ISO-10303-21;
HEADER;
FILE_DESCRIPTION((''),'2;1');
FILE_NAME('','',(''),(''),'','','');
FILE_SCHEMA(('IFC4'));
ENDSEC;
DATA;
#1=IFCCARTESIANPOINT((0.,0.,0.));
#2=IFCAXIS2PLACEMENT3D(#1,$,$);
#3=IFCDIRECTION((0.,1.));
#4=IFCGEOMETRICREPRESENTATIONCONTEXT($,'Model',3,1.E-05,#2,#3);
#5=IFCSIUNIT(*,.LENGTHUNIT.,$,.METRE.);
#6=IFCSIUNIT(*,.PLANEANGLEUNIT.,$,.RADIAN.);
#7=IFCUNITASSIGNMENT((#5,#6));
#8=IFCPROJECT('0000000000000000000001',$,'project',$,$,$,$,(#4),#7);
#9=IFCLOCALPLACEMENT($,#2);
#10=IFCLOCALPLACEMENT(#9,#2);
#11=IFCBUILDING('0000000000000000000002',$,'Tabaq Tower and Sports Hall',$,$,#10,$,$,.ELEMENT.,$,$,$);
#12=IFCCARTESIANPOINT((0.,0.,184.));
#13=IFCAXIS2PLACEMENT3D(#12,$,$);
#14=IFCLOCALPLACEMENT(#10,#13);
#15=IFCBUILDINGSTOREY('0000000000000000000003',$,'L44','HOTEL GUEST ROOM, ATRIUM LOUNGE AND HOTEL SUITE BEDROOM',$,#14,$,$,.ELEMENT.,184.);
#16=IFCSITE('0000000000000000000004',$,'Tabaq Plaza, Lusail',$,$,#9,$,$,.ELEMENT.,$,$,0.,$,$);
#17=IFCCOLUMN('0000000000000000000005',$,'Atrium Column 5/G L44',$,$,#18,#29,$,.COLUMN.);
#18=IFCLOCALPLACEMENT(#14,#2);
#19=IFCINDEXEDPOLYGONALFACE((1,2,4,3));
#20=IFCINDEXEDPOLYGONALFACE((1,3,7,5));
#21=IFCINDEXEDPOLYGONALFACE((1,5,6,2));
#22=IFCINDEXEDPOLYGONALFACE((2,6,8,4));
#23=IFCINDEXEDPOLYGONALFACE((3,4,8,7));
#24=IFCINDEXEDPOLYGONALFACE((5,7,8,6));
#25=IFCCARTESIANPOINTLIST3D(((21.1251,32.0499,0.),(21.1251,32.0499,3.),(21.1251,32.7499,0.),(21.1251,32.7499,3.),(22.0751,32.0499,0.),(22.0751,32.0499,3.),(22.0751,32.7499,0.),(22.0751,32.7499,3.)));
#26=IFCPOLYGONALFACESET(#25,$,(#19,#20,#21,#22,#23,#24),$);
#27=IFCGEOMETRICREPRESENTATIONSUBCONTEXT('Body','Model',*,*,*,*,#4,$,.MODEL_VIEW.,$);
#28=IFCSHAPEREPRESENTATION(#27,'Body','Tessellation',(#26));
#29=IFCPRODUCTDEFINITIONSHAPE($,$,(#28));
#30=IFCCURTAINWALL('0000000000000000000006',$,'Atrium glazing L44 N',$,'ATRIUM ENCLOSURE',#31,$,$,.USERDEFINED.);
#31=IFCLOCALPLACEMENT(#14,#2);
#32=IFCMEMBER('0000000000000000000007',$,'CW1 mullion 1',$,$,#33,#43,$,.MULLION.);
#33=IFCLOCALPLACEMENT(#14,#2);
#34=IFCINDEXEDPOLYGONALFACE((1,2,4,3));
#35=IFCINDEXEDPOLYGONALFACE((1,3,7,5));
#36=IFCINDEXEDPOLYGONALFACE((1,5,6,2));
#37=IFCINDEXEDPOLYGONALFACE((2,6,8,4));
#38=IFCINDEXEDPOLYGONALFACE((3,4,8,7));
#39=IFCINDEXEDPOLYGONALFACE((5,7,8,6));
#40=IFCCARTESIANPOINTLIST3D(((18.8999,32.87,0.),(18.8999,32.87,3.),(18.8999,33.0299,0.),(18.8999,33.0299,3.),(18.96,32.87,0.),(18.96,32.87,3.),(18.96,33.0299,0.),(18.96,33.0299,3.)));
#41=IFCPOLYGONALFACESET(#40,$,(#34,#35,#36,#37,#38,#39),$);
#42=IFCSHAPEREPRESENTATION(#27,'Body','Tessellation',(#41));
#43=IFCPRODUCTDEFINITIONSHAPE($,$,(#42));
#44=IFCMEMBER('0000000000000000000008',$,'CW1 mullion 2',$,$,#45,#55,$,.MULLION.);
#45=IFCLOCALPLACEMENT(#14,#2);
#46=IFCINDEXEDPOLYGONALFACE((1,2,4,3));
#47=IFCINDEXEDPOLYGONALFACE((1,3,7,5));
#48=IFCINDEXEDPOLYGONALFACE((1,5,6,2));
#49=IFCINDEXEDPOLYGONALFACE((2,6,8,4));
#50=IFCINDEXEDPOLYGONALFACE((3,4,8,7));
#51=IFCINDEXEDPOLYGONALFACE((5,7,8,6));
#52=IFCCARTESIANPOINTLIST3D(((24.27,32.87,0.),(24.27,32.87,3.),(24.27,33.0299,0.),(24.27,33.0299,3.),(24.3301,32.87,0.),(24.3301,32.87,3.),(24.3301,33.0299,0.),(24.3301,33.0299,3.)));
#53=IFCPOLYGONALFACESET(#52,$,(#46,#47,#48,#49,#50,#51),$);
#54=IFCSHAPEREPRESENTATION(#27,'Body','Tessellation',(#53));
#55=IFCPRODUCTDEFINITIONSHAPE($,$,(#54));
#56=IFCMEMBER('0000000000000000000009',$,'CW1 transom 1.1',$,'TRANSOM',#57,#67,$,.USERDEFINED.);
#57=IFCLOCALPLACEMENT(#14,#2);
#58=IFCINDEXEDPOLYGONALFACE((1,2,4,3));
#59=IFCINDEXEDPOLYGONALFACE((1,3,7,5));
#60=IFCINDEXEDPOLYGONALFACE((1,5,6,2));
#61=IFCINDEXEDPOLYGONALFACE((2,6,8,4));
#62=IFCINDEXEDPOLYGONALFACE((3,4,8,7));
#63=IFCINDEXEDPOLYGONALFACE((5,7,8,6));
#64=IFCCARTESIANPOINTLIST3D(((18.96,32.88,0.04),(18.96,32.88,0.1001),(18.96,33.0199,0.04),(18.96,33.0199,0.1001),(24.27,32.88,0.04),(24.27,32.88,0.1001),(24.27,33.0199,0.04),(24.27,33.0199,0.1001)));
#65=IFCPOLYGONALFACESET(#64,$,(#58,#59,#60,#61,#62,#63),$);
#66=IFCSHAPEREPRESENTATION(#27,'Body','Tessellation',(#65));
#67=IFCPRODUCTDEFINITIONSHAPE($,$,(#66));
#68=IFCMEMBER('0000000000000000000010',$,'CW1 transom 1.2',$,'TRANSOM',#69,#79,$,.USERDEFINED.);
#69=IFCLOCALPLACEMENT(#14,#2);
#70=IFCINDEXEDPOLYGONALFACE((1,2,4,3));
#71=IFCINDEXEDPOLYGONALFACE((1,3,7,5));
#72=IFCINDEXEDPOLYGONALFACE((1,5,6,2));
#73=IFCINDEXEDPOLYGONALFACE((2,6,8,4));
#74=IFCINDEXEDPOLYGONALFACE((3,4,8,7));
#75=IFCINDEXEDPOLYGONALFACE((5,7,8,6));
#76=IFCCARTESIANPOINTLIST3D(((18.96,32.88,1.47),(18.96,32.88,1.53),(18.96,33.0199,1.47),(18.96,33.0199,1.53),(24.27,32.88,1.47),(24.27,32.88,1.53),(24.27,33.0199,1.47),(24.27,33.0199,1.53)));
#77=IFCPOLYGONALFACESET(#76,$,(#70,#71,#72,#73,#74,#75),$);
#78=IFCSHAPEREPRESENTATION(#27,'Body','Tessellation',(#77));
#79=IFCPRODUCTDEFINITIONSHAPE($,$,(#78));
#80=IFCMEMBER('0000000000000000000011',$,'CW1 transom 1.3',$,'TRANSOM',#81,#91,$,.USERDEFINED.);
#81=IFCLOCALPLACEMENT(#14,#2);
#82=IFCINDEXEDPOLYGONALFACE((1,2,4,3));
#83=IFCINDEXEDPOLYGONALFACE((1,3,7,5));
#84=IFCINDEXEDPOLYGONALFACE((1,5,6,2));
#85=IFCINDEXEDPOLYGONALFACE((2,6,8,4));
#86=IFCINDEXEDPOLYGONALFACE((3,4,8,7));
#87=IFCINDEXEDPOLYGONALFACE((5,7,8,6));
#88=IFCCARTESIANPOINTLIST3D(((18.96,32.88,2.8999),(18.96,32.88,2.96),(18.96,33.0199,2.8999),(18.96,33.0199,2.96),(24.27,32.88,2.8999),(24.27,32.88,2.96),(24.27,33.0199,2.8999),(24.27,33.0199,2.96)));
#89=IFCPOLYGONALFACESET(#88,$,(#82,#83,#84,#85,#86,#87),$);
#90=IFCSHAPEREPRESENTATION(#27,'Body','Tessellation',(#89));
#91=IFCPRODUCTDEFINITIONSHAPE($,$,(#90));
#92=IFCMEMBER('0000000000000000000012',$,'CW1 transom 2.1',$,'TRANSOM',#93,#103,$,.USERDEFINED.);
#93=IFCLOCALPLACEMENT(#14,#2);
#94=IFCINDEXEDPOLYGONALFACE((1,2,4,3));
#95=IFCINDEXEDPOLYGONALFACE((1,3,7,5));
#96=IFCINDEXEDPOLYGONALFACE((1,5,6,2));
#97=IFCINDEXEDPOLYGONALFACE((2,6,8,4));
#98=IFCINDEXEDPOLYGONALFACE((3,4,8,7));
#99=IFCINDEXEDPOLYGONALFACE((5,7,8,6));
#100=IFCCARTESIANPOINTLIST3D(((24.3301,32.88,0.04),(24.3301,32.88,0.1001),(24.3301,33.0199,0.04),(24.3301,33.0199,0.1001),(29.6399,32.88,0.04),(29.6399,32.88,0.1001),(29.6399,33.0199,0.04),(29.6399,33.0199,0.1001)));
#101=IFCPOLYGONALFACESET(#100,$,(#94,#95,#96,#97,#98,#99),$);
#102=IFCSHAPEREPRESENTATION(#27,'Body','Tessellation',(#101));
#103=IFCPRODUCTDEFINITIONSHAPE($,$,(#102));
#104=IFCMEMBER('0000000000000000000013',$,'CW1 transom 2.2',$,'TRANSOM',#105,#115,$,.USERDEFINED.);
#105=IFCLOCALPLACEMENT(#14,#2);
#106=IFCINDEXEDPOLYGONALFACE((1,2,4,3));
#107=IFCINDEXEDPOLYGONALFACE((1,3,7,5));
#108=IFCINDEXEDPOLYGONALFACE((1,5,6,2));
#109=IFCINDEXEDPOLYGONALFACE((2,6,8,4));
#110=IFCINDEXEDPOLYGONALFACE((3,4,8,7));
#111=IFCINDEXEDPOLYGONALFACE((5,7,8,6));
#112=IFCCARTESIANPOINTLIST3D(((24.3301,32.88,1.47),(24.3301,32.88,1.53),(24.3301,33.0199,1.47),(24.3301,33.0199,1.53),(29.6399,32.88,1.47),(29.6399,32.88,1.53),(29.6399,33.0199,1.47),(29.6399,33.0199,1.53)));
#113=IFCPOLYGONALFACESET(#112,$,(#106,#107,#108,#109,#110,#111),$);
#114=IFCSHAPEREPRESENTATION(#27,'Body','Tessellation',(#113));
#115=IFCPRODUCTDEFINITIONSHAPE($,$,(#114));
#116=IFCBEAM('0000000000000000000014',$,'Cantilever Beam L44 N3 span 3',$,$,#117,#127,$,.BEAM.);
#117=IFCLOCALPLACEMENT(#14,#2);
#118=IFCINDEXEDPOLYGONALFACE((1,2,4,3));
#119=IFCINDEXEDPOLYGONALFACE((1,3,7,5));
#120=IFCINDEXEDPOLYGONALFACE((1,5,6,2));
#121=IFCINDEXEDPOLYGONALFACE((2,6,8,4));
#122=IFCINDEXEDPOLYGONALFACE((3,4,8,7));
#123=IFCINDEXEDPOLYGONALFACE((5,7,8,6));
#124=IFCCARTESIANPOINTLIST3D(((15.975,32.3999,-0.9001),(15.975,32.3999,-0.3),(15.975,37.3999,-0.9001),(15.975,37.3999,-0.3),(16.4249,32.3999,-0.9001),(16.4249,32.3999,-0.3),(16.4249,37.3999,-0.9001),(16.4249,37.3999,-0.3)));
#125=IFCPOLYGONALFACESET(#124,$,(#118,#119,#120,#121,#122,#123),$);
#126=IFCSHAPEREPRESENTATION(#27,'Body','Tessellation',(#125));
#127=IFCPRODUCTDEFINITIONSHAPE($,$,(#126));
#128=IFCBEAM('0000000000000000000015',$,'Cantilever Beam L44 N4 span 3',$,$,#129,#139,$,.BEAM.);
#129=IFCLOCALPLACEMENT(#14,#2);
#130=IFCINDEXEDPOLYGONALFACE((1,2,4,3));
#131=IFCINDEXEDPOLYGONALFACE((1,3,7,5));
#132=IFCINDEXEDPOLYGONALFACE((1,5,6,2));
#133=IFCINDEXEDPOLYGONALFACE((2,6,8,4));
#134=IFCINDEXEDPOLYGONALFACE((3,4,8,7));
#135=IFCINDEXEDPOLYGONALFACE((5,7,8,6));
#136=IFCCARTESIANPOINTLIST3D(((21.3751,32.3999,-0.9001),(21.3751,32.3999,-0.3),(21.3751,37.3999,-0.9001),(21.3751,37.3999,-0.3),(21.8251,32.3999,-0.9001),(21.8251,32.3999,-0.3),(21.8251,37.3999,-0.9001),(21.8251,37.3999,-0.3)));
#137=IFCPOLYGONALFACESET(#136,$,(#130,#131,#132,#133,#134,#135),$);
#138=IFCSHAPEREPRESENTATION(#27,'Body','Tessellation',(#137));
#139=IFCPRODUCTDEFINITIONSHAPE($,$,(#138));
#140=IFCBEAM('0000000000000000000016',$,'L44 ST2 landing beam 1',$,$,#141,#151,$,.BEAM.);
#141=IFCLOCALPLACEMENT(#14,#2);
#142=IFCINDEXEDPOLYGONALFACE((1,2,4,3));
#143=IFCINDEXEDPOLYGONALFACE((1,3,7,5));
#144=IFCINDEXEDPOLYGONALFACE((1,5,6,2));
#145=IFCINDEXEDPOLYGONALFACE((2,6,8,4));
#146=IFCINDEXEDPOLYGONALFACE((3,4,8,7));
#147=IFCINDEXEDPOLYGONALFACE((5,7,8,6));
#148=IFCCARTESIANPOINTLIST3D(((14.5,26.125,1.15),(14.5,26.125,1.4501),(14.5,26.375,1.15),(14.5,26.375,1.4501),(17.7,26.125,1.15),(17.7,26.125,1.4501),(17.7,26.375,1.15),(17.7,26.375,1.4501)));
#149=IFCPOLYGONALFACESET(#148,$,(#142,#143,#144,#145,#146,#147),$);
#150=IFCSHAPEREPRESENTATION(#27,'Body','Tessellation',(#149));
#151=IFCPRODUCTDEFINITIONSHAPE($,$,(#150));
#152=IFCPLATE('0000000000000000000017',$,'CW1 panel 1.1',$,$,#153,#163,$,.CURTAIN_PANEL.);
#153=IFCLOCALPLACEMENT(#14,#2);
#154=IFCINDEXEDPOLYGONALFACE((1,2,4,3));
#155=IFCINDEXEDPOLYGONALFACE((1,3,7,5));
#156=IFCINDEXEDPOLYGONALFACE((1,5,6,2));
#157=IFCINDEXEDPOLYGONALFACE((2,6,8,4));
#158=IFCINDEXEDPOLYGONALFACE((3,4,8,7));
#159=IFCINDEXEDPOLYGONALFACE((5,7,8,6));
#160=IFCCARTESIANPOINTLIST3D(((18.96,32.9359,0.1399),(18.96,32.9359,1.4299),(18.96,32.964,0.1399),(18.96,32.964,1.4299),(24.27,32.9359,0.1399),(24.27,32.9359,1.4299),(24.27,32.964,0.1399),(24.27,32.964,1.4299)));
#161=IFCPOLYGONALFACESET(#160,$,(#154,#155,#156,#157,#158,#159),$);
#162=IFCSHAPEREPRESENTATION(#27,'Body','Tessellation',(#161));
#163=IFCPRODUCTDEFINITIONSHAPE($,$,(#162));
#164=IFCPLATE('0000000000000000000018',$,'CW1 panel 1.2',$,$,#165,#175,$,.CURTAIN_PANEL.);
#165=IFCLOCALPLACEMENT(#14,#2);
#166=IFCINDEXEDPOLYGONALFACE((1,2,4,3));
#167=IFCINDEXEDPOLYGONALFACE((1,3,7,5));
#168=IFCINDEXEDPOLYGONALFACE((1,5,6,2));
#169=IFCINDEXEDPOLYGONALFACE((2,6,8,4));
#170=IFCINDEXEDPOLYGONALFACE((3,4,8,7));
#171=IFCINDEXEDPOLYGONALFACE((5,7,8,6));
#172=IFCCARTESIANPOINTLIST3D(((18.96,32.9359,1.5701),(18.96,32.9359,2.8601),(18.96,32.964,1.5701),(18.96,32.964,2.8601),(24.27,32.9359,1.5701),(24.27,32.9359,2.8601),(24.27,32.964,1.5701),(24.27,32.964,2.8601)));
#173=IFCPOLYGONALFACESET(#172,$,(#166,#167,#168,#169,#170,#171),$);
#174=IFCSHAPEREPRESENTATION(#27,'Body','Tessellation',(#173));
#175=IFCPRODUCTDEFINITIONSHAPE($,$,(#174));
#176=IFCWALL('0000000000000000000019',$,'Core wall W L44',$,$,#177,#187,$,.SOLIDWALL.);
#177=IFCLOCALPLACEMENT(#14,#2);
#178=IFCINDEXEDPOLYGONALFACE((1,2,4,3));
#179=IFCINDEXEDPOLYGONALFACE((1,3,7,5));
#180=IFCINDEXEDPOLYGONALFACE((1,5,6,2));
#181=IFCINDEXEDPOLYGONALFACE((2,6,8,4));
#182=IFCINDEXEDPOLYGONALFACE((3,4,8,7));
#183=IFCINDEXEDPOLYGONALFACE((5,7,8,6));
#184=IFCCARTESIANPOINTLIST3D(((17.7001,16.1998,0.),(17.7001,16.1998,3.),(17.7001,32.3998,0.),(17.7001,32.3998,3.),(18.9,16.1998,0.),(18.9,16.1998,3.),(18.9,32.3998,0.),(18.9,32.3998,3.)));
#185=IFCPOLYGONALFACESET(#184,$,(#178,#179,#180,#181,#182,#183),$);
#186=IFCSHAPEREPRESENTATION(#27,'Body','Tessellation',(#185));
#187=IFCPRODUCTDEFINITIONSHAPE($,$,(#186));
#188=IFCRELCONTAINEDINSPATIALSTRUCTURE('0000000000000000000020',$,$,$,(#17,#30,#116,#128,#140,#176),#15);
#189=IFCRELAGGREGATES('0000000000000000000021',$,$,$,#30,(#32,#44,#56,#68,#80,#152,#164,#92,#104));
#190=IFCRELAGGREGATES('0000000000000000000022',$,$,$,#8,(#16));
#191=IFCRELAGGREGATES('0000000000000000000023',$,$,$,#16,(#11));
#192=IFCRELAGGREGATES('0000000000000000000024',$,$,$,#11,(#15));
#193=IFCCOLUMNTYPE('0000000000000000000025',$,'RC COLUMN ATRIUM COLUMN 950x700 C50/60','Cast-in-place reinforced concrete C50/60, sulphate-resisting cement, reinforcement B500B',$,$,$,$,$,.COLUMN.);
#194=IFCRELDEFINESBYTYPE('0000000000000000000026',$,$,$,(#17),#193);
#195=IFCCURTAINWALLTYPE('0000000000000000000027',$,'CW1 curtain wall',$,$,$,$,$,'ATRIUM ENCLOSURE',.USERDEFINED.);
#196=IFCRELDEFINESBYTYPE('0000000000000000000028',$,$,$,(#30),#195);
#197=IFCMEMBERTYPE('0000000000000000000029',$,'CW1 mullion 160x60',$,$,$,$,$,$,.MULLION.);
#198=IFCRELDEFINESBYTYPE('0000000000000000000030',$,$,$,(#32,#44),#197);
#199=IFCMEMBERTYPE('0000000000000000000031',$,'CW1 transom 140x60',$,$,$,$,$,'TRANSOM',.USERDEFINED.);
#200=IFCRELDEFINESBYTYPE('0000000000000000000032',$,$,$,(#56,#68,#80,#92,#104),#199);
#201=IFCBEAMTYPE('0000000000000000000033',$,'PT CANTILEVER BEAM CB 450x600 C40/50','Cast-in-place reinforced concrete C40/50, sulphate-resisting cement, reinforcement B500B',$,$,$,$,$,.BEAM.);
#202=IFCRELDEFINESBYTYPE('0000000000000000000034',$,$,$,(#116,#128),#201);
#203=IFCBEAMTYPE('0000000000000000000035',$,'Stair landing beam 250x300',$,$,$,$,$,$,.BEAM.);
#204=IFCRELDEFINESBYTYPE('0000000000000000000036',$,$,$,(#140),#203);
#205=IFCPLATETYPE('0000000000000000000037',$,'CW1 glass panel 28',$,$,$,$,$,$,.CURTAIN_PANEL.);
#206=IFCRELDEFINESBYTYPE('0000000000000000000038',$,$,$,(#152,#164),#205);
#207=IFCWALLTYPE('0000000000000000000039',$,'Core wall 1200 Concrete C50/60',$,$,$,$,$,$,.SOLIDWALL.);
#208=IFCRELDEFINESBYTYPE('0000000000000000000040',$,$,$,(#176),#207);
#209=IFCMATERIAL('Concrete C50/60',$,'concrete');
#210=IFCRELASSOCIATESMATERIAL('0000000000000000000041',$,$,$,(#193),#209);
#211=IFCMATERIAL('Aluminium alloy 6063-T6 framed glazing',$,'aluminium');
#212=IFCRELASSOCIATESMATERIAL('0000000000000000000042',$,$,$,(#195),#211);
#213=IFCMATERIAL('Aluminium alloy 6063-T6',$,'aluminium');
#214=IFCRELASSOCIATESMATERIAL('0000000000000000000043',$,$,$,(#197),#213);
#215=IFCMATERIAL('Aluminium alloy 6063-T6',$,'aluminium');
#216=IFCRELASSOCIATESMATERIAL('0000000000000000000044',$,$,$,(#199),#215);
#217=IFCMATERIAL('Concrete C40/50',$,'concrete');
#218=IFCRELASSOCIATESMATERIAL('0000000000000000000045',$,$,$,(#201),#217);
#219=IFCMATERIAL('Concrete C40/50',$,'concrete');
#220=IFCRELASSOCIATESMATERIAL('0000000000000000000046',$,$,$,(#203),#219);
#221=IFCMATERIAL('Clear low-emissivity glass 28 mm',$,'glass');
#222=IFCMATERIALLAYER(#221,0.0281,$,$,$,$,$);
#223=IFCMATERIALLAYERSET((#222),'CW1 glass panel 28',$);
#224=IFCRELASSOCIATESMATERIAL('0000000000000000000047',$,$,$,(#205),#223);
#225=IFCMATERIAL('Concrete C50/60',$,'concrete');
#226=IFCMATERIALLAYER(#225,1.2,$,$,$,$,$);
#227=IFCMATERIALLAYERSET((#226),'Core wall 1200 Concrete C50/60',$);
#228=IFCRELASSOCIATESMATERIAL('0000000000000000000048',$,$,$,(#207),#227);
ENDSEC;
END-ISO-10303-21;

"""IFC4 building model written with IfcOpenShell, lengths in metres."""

from ifc_helpers import new_model, si_unit, direction, frame, frame_2d, origin, origin_2d, place, context, subcontext, project, spatial, rectangle, extrude, material, layer, layer_set, material_profile, profile_set, type_object, element, aggregate, save


model = new_model("IFC4")

# Units and contexts
model_context = context("Model", 3, precision=1e-05, world=origin(), true_north=direction((0.0, 1.0)))
body_context = subcontext(model_context, "Body", "Model", "MODEL_VIEW")
ifc_project = project(units=[si_unit("LENGTHUNIT", "METRE"), si_unit("PLANEANGLEUNIT", "RADIAN")], contexts=[model_context])

# Site, building, storey
site_placement = place(None, origin())
site = spatial("IfcSite", under=ifc_project, at=site_placement, Name="Tabaq Plaza, Lusail", CompositionType="ELEMENT", RefElevation=0.0)
building_placement = place(site_placement, origin())
building = spatial("IfcBuilding", under=site, at=building_placement, Name="Tabaq Tower and Sports Hall", CompositionType="ELEMENT")
storey_placement = place(building_placement, frame((0.0, 0.0, 184.0)))
storey = spatial("IfcBuildingStorey", under=building, at=storey_placement, Name="L44", Description="HOTEL GUEST ROOM, ATRIUM LOUNGE AND HOTEL SUITE BEDROOM", CompositionType="ELEMENT", Elevation=184.0)

# Column
ifc_material_1 = material(Name="Concrete C50/60", Category="concrete")
ifc_material_profile_1 = material_profile(ifc_material_1, rectangle(XDim=0.95, YDim=0.7, at=origin_2d()), Name="ATRIUM COLUMN 950x700")
ifc_profile_set_1 = profile_set([ifc_material_profile_1], Name="Concrete C50/60")
column_type = type_object("IfcColumnType", Name="RC COLUMN ATRIUM COLUMN 950x700 C50/60", Description="Cast-in-place reinforced concrete C50/60, sulphate-resisting cement, reinforcement B500B", PredefinedType="COLUMN", material=ifc_profile_set_1)
column_placement = place(storey_placement, frame((21.6001, 32.3999, 0.0), z_axis=(0.0, 0.0, 1.0), x_axis=(1.0, 0.0, 0.0)))
element("IfcColumn", 1, at=column_placement, inside=storey, type_object=column_type, Name="Atrium Column 5/G L44", PredefinedType="COLUMN", context=body_context, shape_type="SweptSolid", body=[
    extrude(rectangle(XDim=0.95, YDim=0.7, at=origin_2d()), origin(), (0.0, 0.0, 1.0), 3.0),
])

# Curtain wall, members
ifc_material_2 = material(Name="Aluminium alloy 6063-T6 framed glazing", Category="aluminium")
curtain_wall_type = type_object("IfcCurtainWallType", Name="CW1 curtain wall", ElementType="ATRIUM ENCLOSURE", PredefinedType="USERDEFINED", material=ifc_material_2)
curtain_wall_placement = place(storey_placement, origin())
curtain_wall = element("IfcCurtainWall", 2, at=curtain_wall_placement, inside=storey, type_object=curtain_wall_type, Name="Atrium glazing L44 N", ObjectType="ATRIUM ENCLOSURE", PredefinedType="USERDEFINED")
ifc_material_3 = material(Name="Aluminium alloy 6063-T6", Category="aluminium")
ifc_material_profile_2 = material_profile(ifc_material_3, rectangle(XDim=0.1599, YDim=0.0601, at=origin_2d()), Name="MULLION 160x60")
ifc_profile_set_2 = profile_set([ifc_material_profile_2], Name="Aluminium alloy 6063-T6")
member_type_1 = type_object("IfcMemberType", Name="CW1 mullion 160x60", PredefinedType="MULLION", material=ifc_profile_set_2)
member_1_placement = place(storey_placement, frame((18.9299, 32.95, 0.0), z_axis=(0.0, 0.0, 1.0), x_axis=(0.0, 1.0, 0.0)))
member_1 = element("IfcMember", 3, at=member_1_placement, type_object=member_type_1, Name="CW1 mullion 1", PredefinedType="MULLION", context=body_context, shape_type="SweptSolid", body=[
    extrude(rectangle(XDim=0.1599, YDim=0.0601, at=origin_2d()), origin(), (0.0, 0.0, 1.0), 3.0),
])
member_2_placement = place(storey_placement, frame((24.3, 32.95, 0.0), z_axis=(0.0, 0.0, 1.0), x_axis=(0.0, 1.0, 0.0)))
member_2 = element("IfcMember", 4, at=member_2_placement, type_object=member_type_1, Name="CW1 mullion 2", PredefinedType="MULLION", context=body_context, shape_type="SweptSolid", body=[
    extrude(rectangle(XDim=0.1599, YDim=0.0601, at=origin_2d()), origin(), (0.0, 0.0, 1.0), 3.0),
])
ifc_material_4 = material(Name="Aluminium alloy 6063-T6", Category="aluminium")
ifc_material_profile_3 = material_profile(ifc_material_4, rectangle(XDim=0.1399, YDim=0.0601, at=origin_2d()), Name="TRANSOM 140x60")
ifc_profile_set_3 = profile_set([ifc_material_profile_3], Name="Aluminium alloy 6063-T6")
member_type_2 = type_object("IfcMemberType", Name="CW1 transom 140x60", ElementType="TRANSOM", PredefinedType="USERDEFINED", material=ifc_profile_set_3)
member_3_placement = place(storey_placement, frame((18.96, 32.95, 0.0701), z_axis=(1.0, 0.0, 0.0), x_axis=(0.0, 1.0, 0.0)))
member_3 = element("IfcMember", 5, at=member_3_placement, type_object=member_type_2, Name="CW1 transom 1.1", ObjectType="TRANSOM", PredefinedType="USERDEFINED", context=body_context, shape_type="SweptSolid", body=[
    extrude(rectangle(XDim=0.1399, YDim=0.0601, at=origin_2d()), origin(), (0.0, 0.0, 1.0), 5.3101),
])
member_4_placement = place(storey_placement, frame((18.96, 32.95, 1.5), z_axis=(1.0, 0.0, 0.0), x_axis=(0.0, 1.0, 0.0)))
member_4 = element("IfcMember", 6, at=member_4_placement, type_object=member_type_2, Name="CW1 transom 1.2", ObjectType="TRANSOM", PredefinedType="USERDEFINED", context=body_context, shape_type="SweptSolid", body=[
    extrude(rectangle(XDim=0.1399, YDim=0.0601, at=origin_2d()), origin(), (0.0, 0.0, 1.0), 5.3101),
])
member_5_placement = place(storey_placement, frame((18.96, 32.95, 2.9299), z_axis=(1.0, 0.0, 0.0), x_axis=(0.0, 1.0, 0.0)))
member_5 = element("IfcMember", 7, at=member_5_placement, type_object=member_type_2, Name="CW1 transom 1.3", ObjectType="TRANSOM", PredefinedType="USERDEFINED", context=body_context, shape_type="SweptSolid", body=[
    extrude(rectangle(XDim=0.1399, YDim=0.0601, at=origin_2d()), origin(), (0.0, 0.0, 1.0), 5.3101),
])
member_6_placement = place(storey_placement, frame((24.3301, 32.95, 0.0701), z_axis=(1.0, 0.0, 0.0), x_axis=(0.0, 1.0, 0.0)))
member_6 = element("IfcMember", 8, at=member_6_placement, type_object=member_type_2, Name="CW1 transom 2.1", ObjectType="TRANSOM", PredefinedType="USERDEFINED", context=body_context, shape_type="SweptSolid", body=[
    extrude(rectangle(XDim=0.1399, YDim=0.0601, at=origin_2d()), origin(), (0.0, 0.0, 1.0), 5.3098),
])
member_7_placement = place(storey_placement, frame((24.3301, 32.95, 1.5), z_axis=(1.0, 0.0, 0.0), x_axis=(0.0, 1.0, 0.0)))
member_7 = element("IfcMember", 9, at=member_7_placement, type_object=member_type_2, Name="CW1 transom 2.2", ObjectType="TRANSOM", PredefinedType="USERDEFINED", context=body_context, shape_type="SweptSolid", body=[
    extrude(rectangle(XDim=0.1399, YDim=0.0601, at=origin_2d()), origin(), (0.0, 0.0, 1.0), 5.3098),
])

# Beams
ifc_material_5 = material(Name="Concrete C40/50", Category="concrete")
ifc_material_profile_4 = material_profile(ifc_material_5, rectangle(XDim=0.45, YDim=0.6001, at=origin_2d()), Name="CB 450x600")
ifc_profile_set_4 = profile_set([ifc_material_profile_4], Name="Concrete C40/50")
beam_type_1 = type_object("IfcBeamType", Name="PT CANTILEVER BEAM CB 450x600 C40/50", Description="Cast-in-place reinforced concrete C40/50, sulphate-resisting cement, reinforcement B500B", PredefinedType="BEAM", material=ifc_profile_set_4)
for number, where, z_axis, x_axis, name in (
    (10, (16.2, 37.3999, -0.6001), (0.0, -1.0, 0.0), (1.0, 0.0, 0.0), "Cantilever Beam L44 N3 span 3"),
    (11, (21.6001, 37.3999, -0.6001), (0.0, -1.0, 0.0), (1.0, 0.0, 0.0), "Cantilever Beam L44 N4 span 3"),
):
    element("IfcBeam", number, at=place(storey_placement, frame(where, z_axis=z_axis, x_axis=x_axis)), inside=storey, type_object=beam_type_1, Name=name, PredefinedType="BEAM", context=body_context, shape_type="SweptSolid", body=[
        extrude(rectangle(XDim=0.45, YDim=0.6001, at=origin_2d()), origin(), (0.0, 0.0, 1.0), 5.0),
    ])
ifc_material_6 = material(Name="Concrete C40/50", Category="concrete")
ifc_material_profile_5 = material_profile(ifc_material_6, rectangle(XDim=0.25, YDim=0.3, at=origin_2d()), Name="RC 250x300")
ifc_profile_set_5 = profile_set([ifc_material_profile_5], Name="Concrete C40/50")
beam_type_2 = type_object("IfcBeamType", Name="Stair landing beam 250x300", PredefinedType="BEAM", material=ifc_profile_set_5)
beam_placement = place(storey_placement, frame((14.5, 26.25, 1.3), z_axis=(1.0, 0.0, 0.0), x_axis=(0.0, 1.0, 0.0)))
element("IfcBeam", 12, at=beam_placement, inside=storey, type_object=beam_type_2, Name="L44 ST2 landing beam 1", PredefinedType="BEAM", context=body_context, shape_type="SweptSolid", body=[
    extrude(rectangle(XDim=0.25, YDim=0.3, at=origin_2d()), origin(), (0.0, 0.0, 1.0), 3.2),
])

# Plates
ifc_material_7 = material(Name="Clear low-emissivity glass 28 mm", Category="glass")
ifc_layer_1 = layer(ifc_material_7, 0.0281)
ifc_layer_set_1 = layer_set([ifc_layer_1], Name="CW1 glass panel 28")
plate_type = type_object("IfcPlateType", Name="CW1 glass panel 28", PredefinedType="CURTAIN_PANEL", material=ifc_layer_set_1)
plate_1_placement = place(storey_placement, frame((21.615, 32.95, 0.1399), z_axis=(0.0, 0.0, 1.0), x_axis=(1.0, 0.0, 0.0)))
plate_1 = element("IfcPlate", 13, at=plate_1_placement, type_object=plate_type, Name="CW1 panel 1.1", PredefinedType="CURTAIN_PANEL", context=body_context, shape_type="SweptSolid", body=[
    extrude(rectangle(XDim=5.3101, YDim=0.0281, at=origin_2d()), origin(), (0.0, 0.0, 1.0), 1.29),
])
plate_2_placement = place(storey_placement, frame((21.615, 32.95, 1.5701), z_axis=(0.0, 0.0, 1.0), x_axis=(1.0, 0.0, 0.0)))
plate_2 = element("IfcPlate", 14, at=plate_2_placement, type_object=plate_type, Name="CW1 panel 1.2", PredefinedType="CURTAIN_PANEL", context=body_context, shape_type="SweptSolid", body=[
    extrude(rectangle(XDim=5.3101, YDim=0.0281, at=origin_2d()), origin(), (0.0, 0.0, 1.0), 1.29),
])
aggregate(curtain_wall, [member_1, member_2, member_3, member_4, member_5, plate_1, plate_2, member_6, member_7])

# Wall
ifc_material_8 = material(Name="Concrete C50/60", Category="concrete")
ifc_layer_2 = layer(ifc_material_8, 1.2)
ifc_layer_set_2 = layer_set([ifc_layer_2], Name="Core wall 1200 Concrete C50/60")
wall_type_1 = type_object("IfcWallType", Name="Core wall 1200 Concrete C50/60", PredefinedType="SOLIDWALL", material=ifc_layer_set_2)
wall_1_placement = place(storey_placement, frame((18.3, 32.3999, 0.0), z_axis=(0.0, 0.0, 1.0), x_axis=(0.0, -1.0, 0.0)))
element("IfcWall", 15, at=wall_1_placement, inside=storey, type_object=wall_type_1, Name="Core wall W L44", PredefinedType="SOLIDWALL", context=body_context, shape_type="SweptSolid", body=[
    extrude(rectangle(XDim=16.2, YDim=1.2, at=frame_2d((8.1001, 0.0))), origin(), (0.0, 0.0, 1.0), 3.0),
])

save(model, "model.ifc")
